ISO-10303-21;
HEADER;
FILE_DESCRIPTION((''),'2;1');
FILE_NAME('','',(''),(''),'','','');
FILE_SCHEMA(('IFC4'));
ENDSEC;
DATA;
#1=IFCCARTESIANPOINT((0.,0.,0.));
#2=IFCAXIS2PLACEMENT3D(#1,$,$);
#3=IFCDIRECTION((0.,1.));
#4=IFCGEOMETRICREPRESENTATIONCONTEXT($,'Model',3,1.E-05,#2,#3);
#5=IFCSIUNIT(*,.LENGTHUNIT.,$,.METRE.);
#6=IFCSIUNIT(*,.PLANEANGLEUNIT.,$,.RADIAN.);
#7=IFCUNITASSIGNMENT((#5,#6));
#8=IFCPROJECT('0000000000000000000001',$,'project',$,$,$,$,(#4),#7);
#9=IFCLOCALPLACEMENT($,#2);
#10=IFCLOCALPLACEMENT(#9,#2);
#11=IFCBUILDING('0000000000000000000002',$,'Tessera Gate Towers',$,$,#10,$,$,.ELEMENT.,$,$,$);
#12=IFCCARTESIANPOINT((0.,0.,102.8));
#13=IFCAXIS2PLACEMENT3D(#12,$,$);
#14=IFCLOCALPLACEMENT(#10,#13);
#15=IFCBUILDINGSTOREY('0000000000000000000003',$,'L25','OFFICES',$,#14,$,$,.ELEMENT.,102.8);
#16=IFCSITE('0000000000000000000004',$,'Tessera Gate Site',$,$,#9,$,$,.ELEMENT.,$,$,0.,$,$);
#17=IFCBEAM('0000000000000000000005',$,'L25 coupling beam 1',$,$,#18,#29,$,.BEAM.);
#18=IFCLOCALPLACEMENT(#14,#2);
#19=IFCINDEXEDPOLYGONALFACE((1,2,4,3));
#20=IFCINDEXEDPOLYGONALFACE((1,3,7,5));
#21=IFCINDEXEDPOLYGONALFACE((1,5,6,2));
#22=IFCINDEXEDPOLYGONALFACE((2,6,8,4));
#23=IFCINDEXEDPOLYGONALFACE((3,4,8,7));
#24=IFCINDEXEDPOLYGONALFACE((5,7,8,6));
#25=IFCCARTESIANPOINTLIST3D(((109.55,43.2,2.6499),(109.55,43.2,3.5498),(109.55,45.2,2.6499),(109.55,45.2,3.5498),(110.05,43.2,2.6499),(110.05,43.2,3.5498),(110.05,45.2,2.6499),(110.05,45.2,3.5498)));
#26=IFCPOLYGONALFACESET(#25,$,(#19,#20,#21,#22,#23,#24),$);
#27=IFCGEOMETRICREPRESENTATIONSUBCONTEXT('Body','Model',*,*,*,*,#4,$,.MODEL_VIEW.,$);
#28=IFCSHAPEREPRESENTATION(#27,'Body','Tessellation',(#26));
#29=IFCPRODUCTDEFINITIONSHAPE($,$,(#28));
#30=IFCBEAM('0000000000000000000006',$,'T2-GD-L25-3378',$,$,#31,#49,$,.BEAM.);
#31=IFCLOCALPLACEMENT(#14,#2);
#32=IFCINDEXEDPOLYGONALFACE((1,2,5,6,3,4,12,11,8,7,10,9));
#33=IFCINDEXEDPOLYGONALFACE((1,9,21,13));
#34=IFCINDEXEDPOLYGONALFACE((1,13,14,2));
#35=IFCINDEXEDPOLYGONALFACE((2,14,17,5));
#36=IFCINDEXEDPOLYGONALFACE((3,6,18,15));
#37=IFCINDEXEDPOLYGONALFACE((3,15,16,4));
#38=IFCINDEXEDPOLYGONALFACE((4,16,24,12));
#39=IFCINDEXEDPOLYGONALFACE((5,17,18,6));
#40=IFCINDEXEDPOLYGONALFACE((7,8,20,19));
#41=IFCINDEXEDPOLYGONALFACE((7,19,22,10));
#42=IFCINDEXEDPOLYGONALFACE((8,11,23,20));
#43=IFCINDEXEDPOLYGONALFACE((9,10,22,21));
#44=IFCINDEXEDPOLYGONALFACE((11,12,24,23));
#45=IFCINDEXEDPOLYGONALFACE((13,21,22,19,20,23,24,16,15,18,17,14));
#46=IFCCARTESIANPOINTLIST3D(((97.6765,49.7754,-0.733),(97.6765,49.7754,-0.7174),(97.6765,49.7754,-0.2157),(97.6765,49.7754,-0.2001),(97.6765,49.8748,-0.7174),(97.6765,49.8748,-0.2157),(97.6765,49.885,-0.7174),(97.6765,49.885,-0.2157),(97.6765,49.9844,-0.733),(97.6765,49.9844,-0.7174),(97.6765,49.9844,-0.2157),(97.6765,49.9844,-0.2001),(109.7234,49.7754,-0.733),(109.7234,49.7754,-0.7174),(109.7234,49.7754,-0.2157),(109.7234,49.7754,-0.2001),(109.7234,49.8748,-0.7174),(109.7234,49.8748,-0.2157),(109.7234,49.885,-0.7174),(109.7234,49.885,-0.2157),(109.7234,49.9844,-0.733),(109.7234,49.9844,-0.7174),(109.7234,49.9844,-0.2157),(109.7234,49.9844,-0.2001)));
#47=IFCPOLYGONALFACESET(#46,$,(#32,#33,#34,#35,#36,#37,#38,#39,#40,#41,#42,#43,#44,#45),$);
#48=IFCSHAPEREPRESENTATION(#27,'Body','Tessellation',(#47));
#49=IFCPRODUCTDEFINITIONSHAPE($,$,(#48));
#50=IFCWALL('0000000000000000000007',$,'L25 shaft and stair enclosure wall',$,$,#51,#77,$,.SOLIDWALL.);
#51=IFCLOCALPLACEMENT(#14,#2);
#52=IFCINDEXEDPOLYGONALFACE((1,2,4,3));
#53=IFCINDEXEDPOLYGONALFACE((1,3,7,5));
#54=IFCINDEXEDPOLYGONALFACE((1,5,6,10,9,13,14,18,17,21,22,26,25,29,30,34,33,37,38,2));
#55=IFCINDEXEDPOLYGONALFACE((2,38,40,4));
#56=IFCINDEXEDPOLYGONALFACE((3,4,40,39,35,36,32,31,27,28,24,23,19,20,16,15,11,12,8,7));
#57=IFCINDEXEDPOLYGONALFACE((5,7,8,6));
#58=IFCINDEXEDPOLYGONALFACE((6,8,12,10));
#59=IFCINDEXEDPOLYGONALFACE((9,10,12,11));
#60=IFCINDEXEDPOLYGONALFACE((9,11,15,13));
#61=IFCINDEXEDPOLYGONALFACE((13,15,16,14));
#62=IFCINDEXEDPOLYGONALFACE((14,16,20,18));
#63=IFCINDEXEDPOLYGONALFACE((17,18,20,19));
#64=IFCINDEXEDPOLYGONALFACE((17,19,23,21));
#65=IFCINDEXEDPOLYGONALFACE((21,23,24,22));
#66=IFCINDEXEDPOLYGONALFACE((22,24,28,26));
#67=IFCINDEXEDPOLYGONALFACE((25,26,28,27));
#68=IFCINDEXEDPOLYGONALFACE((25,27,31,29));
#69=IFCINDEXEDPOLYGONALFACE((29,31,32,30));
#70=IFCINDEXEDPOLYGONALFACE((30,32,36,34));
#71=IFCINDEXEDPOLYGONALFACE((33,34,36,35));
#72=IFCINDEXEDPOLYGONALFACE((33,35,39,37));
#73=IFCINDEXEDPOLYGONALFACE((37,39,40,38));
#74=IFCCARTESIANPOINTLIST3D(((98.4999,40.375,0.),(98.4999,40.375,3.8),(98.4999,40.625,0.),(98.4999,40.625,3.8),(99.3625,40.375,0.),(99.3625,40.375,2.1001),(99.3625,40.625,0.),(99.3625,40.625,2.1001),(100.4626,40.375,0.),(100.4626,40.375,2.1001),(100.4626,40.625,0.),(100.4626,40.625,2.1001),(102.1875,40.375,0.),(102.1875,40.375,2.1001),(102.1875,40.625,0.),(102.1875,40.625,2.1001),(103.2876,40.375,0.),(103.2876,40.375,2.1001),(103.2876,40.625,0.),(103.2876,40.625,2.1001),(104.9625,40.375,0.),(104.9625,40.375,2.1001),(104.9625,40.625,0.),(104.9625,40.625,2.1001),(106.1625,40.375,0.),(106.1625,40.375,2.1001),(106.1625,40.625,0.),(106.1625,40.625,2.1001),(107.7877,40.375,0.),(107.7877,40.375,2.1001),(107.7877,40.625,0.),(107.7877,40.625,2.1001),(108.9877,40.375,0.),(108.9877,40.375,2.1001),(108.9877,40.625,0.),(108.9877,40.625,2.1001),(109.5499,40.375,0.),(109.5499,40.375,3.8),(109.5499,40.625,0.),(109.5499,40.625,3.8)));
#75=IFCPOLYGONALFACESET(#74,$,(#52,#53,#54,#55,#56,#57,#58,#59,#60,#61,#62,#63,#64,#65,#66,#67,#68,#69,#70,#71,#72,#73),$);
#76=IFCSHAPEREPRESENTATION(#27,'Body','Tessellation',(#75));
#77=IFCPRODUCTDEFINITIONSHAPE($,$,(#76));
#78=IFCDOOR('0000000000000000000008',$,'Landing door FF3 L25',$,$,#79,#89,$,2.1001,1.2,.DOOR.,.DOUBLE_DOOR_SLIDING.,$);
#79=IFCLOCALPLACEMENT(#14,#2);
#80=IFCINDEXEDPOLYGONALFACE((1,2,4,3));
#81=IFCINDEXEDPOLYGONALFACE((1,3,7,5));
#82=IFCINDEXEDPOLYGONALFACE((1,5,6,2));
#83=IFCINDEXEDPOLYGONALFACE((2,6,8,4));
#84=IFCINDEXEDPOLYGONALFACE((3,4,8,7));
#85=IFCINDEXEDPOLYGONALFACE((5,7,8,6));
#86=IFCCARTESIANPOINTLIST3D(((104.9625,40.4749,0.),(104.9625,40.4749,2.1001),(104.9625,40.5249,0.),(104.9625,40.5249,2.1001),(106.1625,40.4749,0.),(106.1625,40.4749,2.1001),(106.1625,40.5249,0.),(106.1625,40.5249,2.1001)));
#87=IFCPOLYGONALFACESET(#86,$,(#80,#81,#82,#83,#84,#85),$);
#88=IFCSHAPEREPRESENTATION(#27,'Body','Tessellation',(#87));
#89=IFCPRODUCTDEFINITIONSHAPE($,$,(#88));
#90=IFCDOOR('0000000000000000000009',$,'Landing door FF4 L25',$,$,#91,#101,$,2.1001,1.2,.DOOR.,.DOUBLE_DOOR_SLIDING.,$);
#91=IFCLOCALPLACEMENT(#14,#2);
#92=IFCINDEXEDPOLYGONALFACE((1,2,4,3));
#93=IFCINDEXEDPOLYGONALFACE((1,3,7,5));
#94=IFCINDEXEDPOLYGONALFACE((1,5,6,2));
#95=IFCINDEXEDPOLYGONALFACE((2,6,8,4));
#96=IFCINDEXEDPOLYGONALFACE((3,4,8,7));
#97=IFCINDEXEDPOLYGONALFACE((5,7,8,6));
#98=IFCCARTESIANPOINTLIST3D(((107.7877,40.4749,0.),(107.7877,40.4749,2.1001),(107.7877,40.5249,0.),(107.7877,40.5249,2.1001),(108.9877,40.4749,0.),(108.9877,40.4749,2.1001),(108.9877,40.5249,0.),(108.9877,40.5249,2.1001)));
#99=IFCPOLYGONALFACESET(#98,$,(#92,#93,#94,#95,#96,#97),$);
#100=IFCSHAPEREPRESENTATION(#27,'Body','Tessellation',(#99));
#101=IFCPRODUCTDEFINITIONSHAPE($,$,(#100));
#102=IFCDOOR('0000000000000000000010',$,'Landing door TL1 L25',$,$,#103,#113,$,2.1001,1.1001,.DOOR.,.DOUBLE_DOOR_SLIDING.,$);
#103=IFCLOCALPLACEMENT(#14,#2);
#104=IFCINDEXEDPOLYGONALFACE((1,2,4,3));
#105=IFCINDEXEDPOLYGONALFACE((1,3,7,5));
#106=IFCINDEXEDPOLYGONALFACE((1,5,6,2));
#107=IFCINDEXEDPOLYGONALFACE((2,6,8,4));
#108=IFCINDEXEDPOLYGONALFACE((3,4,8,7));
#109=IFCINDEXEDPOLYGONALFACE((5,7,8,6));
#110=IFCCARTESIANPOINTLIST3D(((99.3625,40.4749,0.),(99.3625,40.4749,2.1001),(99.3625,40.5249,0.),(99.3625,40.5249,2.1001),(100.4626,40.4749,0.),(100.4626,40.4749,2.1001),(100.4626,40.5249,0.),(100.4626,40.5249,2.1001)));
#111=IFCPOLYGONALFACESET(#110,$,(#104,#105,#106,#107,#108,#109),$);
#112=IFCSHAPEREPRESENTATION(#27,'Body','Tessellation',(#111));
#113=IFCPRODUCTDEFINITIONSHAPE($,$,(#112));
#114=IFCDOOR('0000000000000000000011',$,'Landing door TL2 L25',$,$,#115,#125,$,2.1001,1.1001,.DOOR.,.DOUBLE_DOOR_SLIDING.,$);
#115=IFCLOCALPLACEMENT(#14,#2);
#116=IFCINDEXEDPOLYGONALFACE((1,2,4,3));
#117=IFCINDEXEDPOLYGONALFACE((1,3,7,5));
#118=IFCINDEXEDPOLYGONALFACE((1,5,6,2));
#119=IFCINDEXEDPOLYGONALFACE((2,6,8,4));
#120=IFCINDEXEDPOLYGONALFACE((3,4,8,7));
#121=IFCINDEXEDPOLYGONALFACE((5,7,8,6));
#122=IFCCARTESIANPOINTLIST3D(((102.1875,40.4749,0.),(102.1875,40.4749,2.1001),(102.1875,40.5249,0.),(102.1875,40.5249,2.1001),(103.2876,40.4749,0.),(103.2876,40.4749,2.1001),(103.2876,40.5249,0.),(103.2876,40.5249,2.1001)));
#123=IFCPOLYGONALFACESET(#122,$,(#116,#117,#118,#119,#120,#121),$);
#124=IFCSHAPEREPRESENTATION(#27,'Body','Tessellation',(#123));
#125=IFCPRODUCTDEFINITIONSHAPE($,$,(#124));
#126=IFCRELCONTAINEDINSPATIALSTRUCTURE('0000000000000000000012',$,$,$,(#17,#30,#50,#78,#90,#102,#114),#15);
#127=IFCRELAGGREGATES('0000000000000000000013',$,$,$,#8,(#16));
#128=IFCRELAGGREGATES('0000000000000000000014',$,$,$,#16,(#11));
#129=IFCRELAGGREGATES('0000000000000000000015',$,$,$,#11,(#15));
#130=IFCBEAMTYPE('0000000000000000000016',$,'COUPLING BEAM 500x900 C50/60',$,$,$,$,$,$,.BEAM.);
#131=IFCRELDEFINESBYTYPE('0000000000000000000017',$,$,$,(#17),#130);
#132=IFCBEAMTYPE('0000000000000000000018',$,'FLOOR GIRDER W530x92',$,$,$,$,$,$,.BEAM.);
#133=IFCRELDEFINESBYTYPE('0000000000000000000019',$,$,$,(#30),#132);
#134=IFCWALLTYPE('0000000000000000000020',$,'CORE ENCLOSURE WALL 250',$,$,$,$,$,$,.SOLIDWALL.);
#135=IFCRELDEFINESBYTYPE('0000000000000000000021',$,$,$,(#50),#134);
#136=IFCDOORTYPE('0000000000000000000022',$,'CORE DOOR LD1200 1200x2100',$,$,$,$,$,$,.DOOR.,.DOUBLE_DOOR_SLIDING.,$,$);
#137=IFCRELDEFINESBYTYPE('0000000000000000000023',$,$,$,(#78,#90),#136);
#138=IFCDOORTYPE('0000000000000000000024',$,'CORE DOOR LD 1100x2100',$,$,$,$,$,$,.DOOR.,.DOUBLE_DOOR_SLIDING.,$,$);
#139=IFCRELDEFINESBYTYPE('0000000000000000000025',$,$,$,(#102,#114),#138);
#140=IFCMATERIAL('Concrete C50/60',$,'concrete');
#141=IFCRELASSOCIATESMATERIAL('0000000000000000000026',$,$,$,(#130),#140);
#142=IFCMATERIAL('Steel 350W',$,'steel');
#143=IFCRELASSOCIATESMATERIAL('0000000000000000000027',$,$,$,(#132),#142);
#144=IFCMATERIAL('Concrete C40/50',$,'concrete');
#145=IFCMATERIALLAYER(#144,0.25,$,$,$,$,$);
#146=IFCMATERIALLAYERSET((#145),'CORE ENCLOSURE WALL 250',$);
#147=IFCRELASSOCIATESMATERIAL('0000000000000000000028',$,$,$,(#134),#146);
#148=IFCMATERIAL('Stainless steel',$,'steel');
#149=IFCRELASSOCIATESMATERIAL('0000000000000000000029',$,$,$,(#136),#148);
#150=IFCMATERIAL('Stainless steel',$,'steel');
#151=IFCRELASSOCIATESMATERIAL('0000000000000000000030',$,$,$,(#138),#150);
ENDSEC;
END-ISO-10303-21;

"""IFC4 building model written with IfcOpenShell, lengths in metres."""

from ifc_helpers import new_model, si_unit, direction, frame, frame_2d, origin, origin_2d, place, context, subcontext, project, spatial, rectangle, i_section, extrude, source, transform, mapped, material, layer, layer_set, material_profile, profile_set, type_object, element, fill, save


model = new_model("IFC4")

# Units and contexts
model_context = context("Model", 3, precision=1e-05, world=origin(), true_north=direction((0.0, 1.0)))
body_context = subcontext(model_context, "Body", "Model", "MODEL_VIEW")
ifc_project = project(units=[si_unit("LENGTHUNIT", "METRE"), si_unit("PLANEANGLEUNIT", "RADIAN")], contexts=[model_context])

# Site, building, storey
site_placement = place(None, origin())
site = spatial("IfcSite", under=ifc_project, at=site_placement, Name="Tessera Gate Site", CompositionType="ELEMENT", RefElevation=0.0)
building_placement = place(site_placement, origin())
building = spatial("IfcBuilding", under=site, at=building_placement, Name="Tessera Gate Towers", CompositionType="ELEMENT")
storey_placement = place(building_placement, frame((0.0, 0.0, 102.8)))
storey = spatial("IfcBuildingStorey", under=building, at=storey_placement, Name="L25", Description="OFFICES", CompositionType="ELEMENT", Elevation=102.8)

# Beams
ifc_material_1 = material(Name="Concrete C50/60", Category="concrete")
ifc_material_profile_1 = material_profile(ifc_material_1, rectangle(XDim=0.5, YDim=0.8999, at=origin_2d()), Name="RC 500x900")
ifc_profile_set_1 = profile_set([ifc_material_profile_1], Name="Concrete C50/60")
beam_type_1 = type_object("IfcBeamType", Name="COUPLING BEAM 500x900 C50/60", PredefinedType="BEAM", material=ifc_profile_set_1)
beam_1_placement = place(storey_placement, frame((109.8, 43.2, 3.0999), z_axis=(0.0, 1.0, 0.0), x_axis=(-1.0, 0.0, 0.0)))
element("IfcBeam", 1, at=beam_1_placement, inside=storey, type_object=beam_type_1, Name="L25 coupling beam 1", PredefinedType="BEAM", context=body_context, shape_type="SweptSolid", body=[
    extrude(rectangle(XDim=0.5, YDim=0.8999, at=origin_2d()), origin(), (0.0, 0.0, 1.0), 2.0),
])
ifc_material_2 = material(Name="Steel 350W", Category="steel")
ifc_material_profile_2 = material_profile(ifc_material_2, i_section(OverallWidth=0.209, OverallDepth=0.533, WebThickness=0.0103, FlangeThickness=0.0156, at=origin_2d()), Name="W530x92")
ifc_profile_set_2 = profile_set([ifc_material_profile_2], Name="Steel 350W")
beam_type_2 = type_object("IfcBeamType", Name="FLOOR GIRDER W530x92", PredefinedType="BEAM", material=ifc_profile_set_2)
beam_2_placement = place(storey_placement, frame((97.6765, 49.8799, -0.4666), z_axis=(1.0, 0.0, 0.0), x_axis=(0.0, 1.0, 0.0)))
element("IfcBeam", 2, at=beam_2_placement, inside=storey, type_object=beam_type_2, Name="T2-GD-L25-3378", PredefinedType="BEAM", context=body_context, shape_type="SweptSolid", body=[
    extrude(i_section(OverallWidth=0.209, OverallDepth=0.533, WebThickness=0.0103, FlangeThickness=0.0156, at=origin_2d()), origin(), (0.0, 0.0, 1.0), 12.0469),
])

# Wall, openings, doors
ifc_material_3 = material(Name="Concrete C40/50", Category="concrete")
ifc_layer_1 = layer(ifc_material_3, 0.25)
ifc_layer_set_1 = layer_set([ifc_layer_1], Name="CORE ENCLOSURE WALL 250")
wall_type_1 = type_object("IfcWallType", Name="CORE ENCLOSURE WALL 250", PredefinedType="SOLIDWALL", material=ifc_layer_set_1)
wall_1_placement = place(storey_placement, frame((98.5, 40.5, 0.0), z_axis=(0.0, 0.0, 1.0), x_axis=(1.0, 0.0, 0.0)))
wall_1 = element("IfcWall", 3, at=wall_1_placement, inside=storey, type_object=wall_type_1, Name="L25 shaft and stair enclosure wall", PredefinedType="SOLIDWALL", context=body_context, shape_type="SweptSolid", body=[
    extrude(rectangle(XDim=11.05, YDim=0.25, at=frame_2d((5.5249, 0.0))), origin(), (0.0, 0.0, 1.0), 3.8),
])
shared_shape_1 = source(origin(), body_context, "Body", "SweptSolid", [
    extrude(rectangle(XDim=1.1001, YDim=2.1001, at=frame_2d((0.55, 1.05))), frame((0.0, 0.135, 0.0), z_axis=(0.0, -1.0, 0.0), x_axis=(1.0, 0.0, 0.0)), (0.0, 0.0, 1.0), 0.27),
])
opening_1_placement = place(wall_1_placement, frame((0.8625, 0.0, 0.0)))
opening_1 = element("IfcOpeningElement", 4, at=opening_1_placement, cuts=wall_1, PredefinedType="OPENING", context=body_context, shape_type="MappedRepresentation", body=[
    mapped(shared_shape_1, transform((0.0, 0.0, 0.0), scale=1.0)),
])
opening_2_placement = place(wall_1_placement, frame((3.6875, 0.0, 0.0)))
opening_2 = element("IfcOpeningElement", 5, at=opening_2_placement, cuts=wall_1, PredefinedType="OPENING", context=body_context, shape_type="MappedRepresentation", body=[
    mapped(shared_shape_1, transform((0.0, 0.0, 0.0), scale=1.0)),
])
shared_shape_2 = source(origin(), body_context, "Body", "SweptSolid", [
    extrude(rectangle(XDim=1.2, YDim=2.1001, at=frame_2d((0.6001, 1.05))), frame((0.0, 0.135, 0.0), z_axis=(0.0, -1.0, 0.0), x_axis=(1.0, 0.0, 0.0)), (0.0, 0.0, 1.0), 0.27),
])
opening_3_placement = place(wall_1_placement, frame((6.4624, 0.0, 0.0)))
opening_3 = element("IfcOpeningElement", 6, at=opening_3_placement, cuts=wall_1, PredefinedType="OPENING", context=body_context, shape_type="MappedRepresentation", body=[
    mapped(shared_shape_2, transform((0.0, 0.0, 0.0), scale=1.0)),
])
opening_4_placement = place(wall_1_placement, frame((9.2876, 0.0, 0.0)))
opening_4 = element("IfcOpeningElement", 7, at=opening_4_placement, cuts=wall_1, PredefinedType="OPENING", context=body_context, shape_type="MappedRepresentation", body=[
    mapped(shared_shape_2, transform((0.0, 0.0, 0.0), scale=1.0)),
])
ifc_material_4 = material(Name="Stainless steel", Category="steel")
door_type_1 = type_object("IfcDoorType", Name="CORE DOOR LD1200 1200x2100", OperationType="DOUBLE_DOOR_SLIDING", PredefinedType="DOOR", material=ifc_material_4)
shared_shape_3 = source(origin(), body_context, "Body", "SweptSolid", [
    extrude(rectangle(XDim=1.2, YDim=2.1001, at=frame_2d((0.6001, 1.05))), frame((0.0, 0.0249, 0.0), z_axis=(0.0, -1.0, 0.0), x_axis=(1.0, 0.0, 0.0)), (0.0, 0.0, 1.0), 0.05),
])
door_1_placement = place(opening_3_placement, origin())
door_1 = element("IfcDoor", 8, at=door_1_placement, inside=storey, type_object=door_type_1, Name="Landing door FF3 L25", OperationType="DOUBLE_DOOR_SLIDING", OverallHeight=2.1001, OverallWidth=1.2, PredefinedType="DOOR", context=body_context, shape_type="MappedRepresentation", body=[
    mapped(shared_shape_3, transform((0.0, 0.0, 0.0), scale=1.0)),
])
fill(opening_3, door_1)
door_2_placement = place(opening_4_placement, origin())
door_2 = element("IfcDoor", 9, at=door_2_placement, inside=storey, type_object=door_type_1, Name="Landing door FF4 L25", OperationType="DOUBLE_DOOR_SLIDING", OverallHeight=2.1001, OverallWidth=1.2, PredefinedType="DOOR", context=body_context, shape_type="MappedRepresentation", body=[
    mapped(shared_shape_3, transform((0.0, 0.0, 0.0), scale=1.0)),
])
fill(opening_4, door_2)
ifc_material_5 = material(Name="Stainless steel", Category="steel")
door_type_2 = type_object("IfcDoorType", Name="CORE DOOR LD 1100x2100", OperationType="DOUBLE_DOOR_SLIDING", PredefinedType="DOOR", material=ifc_material_5)
shared_shape_4 = source(origin(), body_context, "Body", "SweptSolid", [
    extrude(rectangle(XDim=1.1001, YDim=2.1001, at=frame_2d((0.55, 1.05))), frame((0.0, 0.0249, 0.0), z_axis=(0.0, -1.0, 0.0), x_axis=(1.0, 0.0, 0.0)), (0.0, 0.0, 1.0), 0.05),
])
door_3_placement = place(opening_1_placement, origin())
door_3 = element("IfcDoor", 10, at=door_3_placement, inside=storey, type_object=door_type_2, Name="Landing door TL1 L25", OperationType="DOUBLE_DOOR_SLIDING", OverallHeight=2.1001, OverallWidth=1.1001, PredefinedType="DOOR", context=body_context, shape_type="MappedRepresentation", body=[
    mapped(shared_shape_4, transform((0.0, 0.0, 0.0), scale=1.0)),
])
fill(opening_1, door_3)
door_4_placement = place(opening_2_placement, origin())
door_4 = element("IfcDoor", 11, at=door_4_placement, inside=storey, type_object=door_type_2, Name="Landing door TL2 L25", OperationType="DOUBLE_DOOR_SLIDING", OverallHeight=2.1001, OverallWidth=1.1001, PredefinedType="DOOR", context=body_context, shape_type="MappedRepresentation", body=[
    mapped(shared_shape_4, transform((0.0, 0.0, 0.0), scale=1.0)),
])
fill(opening_2, door_4)

save(model, "model.ifc")
